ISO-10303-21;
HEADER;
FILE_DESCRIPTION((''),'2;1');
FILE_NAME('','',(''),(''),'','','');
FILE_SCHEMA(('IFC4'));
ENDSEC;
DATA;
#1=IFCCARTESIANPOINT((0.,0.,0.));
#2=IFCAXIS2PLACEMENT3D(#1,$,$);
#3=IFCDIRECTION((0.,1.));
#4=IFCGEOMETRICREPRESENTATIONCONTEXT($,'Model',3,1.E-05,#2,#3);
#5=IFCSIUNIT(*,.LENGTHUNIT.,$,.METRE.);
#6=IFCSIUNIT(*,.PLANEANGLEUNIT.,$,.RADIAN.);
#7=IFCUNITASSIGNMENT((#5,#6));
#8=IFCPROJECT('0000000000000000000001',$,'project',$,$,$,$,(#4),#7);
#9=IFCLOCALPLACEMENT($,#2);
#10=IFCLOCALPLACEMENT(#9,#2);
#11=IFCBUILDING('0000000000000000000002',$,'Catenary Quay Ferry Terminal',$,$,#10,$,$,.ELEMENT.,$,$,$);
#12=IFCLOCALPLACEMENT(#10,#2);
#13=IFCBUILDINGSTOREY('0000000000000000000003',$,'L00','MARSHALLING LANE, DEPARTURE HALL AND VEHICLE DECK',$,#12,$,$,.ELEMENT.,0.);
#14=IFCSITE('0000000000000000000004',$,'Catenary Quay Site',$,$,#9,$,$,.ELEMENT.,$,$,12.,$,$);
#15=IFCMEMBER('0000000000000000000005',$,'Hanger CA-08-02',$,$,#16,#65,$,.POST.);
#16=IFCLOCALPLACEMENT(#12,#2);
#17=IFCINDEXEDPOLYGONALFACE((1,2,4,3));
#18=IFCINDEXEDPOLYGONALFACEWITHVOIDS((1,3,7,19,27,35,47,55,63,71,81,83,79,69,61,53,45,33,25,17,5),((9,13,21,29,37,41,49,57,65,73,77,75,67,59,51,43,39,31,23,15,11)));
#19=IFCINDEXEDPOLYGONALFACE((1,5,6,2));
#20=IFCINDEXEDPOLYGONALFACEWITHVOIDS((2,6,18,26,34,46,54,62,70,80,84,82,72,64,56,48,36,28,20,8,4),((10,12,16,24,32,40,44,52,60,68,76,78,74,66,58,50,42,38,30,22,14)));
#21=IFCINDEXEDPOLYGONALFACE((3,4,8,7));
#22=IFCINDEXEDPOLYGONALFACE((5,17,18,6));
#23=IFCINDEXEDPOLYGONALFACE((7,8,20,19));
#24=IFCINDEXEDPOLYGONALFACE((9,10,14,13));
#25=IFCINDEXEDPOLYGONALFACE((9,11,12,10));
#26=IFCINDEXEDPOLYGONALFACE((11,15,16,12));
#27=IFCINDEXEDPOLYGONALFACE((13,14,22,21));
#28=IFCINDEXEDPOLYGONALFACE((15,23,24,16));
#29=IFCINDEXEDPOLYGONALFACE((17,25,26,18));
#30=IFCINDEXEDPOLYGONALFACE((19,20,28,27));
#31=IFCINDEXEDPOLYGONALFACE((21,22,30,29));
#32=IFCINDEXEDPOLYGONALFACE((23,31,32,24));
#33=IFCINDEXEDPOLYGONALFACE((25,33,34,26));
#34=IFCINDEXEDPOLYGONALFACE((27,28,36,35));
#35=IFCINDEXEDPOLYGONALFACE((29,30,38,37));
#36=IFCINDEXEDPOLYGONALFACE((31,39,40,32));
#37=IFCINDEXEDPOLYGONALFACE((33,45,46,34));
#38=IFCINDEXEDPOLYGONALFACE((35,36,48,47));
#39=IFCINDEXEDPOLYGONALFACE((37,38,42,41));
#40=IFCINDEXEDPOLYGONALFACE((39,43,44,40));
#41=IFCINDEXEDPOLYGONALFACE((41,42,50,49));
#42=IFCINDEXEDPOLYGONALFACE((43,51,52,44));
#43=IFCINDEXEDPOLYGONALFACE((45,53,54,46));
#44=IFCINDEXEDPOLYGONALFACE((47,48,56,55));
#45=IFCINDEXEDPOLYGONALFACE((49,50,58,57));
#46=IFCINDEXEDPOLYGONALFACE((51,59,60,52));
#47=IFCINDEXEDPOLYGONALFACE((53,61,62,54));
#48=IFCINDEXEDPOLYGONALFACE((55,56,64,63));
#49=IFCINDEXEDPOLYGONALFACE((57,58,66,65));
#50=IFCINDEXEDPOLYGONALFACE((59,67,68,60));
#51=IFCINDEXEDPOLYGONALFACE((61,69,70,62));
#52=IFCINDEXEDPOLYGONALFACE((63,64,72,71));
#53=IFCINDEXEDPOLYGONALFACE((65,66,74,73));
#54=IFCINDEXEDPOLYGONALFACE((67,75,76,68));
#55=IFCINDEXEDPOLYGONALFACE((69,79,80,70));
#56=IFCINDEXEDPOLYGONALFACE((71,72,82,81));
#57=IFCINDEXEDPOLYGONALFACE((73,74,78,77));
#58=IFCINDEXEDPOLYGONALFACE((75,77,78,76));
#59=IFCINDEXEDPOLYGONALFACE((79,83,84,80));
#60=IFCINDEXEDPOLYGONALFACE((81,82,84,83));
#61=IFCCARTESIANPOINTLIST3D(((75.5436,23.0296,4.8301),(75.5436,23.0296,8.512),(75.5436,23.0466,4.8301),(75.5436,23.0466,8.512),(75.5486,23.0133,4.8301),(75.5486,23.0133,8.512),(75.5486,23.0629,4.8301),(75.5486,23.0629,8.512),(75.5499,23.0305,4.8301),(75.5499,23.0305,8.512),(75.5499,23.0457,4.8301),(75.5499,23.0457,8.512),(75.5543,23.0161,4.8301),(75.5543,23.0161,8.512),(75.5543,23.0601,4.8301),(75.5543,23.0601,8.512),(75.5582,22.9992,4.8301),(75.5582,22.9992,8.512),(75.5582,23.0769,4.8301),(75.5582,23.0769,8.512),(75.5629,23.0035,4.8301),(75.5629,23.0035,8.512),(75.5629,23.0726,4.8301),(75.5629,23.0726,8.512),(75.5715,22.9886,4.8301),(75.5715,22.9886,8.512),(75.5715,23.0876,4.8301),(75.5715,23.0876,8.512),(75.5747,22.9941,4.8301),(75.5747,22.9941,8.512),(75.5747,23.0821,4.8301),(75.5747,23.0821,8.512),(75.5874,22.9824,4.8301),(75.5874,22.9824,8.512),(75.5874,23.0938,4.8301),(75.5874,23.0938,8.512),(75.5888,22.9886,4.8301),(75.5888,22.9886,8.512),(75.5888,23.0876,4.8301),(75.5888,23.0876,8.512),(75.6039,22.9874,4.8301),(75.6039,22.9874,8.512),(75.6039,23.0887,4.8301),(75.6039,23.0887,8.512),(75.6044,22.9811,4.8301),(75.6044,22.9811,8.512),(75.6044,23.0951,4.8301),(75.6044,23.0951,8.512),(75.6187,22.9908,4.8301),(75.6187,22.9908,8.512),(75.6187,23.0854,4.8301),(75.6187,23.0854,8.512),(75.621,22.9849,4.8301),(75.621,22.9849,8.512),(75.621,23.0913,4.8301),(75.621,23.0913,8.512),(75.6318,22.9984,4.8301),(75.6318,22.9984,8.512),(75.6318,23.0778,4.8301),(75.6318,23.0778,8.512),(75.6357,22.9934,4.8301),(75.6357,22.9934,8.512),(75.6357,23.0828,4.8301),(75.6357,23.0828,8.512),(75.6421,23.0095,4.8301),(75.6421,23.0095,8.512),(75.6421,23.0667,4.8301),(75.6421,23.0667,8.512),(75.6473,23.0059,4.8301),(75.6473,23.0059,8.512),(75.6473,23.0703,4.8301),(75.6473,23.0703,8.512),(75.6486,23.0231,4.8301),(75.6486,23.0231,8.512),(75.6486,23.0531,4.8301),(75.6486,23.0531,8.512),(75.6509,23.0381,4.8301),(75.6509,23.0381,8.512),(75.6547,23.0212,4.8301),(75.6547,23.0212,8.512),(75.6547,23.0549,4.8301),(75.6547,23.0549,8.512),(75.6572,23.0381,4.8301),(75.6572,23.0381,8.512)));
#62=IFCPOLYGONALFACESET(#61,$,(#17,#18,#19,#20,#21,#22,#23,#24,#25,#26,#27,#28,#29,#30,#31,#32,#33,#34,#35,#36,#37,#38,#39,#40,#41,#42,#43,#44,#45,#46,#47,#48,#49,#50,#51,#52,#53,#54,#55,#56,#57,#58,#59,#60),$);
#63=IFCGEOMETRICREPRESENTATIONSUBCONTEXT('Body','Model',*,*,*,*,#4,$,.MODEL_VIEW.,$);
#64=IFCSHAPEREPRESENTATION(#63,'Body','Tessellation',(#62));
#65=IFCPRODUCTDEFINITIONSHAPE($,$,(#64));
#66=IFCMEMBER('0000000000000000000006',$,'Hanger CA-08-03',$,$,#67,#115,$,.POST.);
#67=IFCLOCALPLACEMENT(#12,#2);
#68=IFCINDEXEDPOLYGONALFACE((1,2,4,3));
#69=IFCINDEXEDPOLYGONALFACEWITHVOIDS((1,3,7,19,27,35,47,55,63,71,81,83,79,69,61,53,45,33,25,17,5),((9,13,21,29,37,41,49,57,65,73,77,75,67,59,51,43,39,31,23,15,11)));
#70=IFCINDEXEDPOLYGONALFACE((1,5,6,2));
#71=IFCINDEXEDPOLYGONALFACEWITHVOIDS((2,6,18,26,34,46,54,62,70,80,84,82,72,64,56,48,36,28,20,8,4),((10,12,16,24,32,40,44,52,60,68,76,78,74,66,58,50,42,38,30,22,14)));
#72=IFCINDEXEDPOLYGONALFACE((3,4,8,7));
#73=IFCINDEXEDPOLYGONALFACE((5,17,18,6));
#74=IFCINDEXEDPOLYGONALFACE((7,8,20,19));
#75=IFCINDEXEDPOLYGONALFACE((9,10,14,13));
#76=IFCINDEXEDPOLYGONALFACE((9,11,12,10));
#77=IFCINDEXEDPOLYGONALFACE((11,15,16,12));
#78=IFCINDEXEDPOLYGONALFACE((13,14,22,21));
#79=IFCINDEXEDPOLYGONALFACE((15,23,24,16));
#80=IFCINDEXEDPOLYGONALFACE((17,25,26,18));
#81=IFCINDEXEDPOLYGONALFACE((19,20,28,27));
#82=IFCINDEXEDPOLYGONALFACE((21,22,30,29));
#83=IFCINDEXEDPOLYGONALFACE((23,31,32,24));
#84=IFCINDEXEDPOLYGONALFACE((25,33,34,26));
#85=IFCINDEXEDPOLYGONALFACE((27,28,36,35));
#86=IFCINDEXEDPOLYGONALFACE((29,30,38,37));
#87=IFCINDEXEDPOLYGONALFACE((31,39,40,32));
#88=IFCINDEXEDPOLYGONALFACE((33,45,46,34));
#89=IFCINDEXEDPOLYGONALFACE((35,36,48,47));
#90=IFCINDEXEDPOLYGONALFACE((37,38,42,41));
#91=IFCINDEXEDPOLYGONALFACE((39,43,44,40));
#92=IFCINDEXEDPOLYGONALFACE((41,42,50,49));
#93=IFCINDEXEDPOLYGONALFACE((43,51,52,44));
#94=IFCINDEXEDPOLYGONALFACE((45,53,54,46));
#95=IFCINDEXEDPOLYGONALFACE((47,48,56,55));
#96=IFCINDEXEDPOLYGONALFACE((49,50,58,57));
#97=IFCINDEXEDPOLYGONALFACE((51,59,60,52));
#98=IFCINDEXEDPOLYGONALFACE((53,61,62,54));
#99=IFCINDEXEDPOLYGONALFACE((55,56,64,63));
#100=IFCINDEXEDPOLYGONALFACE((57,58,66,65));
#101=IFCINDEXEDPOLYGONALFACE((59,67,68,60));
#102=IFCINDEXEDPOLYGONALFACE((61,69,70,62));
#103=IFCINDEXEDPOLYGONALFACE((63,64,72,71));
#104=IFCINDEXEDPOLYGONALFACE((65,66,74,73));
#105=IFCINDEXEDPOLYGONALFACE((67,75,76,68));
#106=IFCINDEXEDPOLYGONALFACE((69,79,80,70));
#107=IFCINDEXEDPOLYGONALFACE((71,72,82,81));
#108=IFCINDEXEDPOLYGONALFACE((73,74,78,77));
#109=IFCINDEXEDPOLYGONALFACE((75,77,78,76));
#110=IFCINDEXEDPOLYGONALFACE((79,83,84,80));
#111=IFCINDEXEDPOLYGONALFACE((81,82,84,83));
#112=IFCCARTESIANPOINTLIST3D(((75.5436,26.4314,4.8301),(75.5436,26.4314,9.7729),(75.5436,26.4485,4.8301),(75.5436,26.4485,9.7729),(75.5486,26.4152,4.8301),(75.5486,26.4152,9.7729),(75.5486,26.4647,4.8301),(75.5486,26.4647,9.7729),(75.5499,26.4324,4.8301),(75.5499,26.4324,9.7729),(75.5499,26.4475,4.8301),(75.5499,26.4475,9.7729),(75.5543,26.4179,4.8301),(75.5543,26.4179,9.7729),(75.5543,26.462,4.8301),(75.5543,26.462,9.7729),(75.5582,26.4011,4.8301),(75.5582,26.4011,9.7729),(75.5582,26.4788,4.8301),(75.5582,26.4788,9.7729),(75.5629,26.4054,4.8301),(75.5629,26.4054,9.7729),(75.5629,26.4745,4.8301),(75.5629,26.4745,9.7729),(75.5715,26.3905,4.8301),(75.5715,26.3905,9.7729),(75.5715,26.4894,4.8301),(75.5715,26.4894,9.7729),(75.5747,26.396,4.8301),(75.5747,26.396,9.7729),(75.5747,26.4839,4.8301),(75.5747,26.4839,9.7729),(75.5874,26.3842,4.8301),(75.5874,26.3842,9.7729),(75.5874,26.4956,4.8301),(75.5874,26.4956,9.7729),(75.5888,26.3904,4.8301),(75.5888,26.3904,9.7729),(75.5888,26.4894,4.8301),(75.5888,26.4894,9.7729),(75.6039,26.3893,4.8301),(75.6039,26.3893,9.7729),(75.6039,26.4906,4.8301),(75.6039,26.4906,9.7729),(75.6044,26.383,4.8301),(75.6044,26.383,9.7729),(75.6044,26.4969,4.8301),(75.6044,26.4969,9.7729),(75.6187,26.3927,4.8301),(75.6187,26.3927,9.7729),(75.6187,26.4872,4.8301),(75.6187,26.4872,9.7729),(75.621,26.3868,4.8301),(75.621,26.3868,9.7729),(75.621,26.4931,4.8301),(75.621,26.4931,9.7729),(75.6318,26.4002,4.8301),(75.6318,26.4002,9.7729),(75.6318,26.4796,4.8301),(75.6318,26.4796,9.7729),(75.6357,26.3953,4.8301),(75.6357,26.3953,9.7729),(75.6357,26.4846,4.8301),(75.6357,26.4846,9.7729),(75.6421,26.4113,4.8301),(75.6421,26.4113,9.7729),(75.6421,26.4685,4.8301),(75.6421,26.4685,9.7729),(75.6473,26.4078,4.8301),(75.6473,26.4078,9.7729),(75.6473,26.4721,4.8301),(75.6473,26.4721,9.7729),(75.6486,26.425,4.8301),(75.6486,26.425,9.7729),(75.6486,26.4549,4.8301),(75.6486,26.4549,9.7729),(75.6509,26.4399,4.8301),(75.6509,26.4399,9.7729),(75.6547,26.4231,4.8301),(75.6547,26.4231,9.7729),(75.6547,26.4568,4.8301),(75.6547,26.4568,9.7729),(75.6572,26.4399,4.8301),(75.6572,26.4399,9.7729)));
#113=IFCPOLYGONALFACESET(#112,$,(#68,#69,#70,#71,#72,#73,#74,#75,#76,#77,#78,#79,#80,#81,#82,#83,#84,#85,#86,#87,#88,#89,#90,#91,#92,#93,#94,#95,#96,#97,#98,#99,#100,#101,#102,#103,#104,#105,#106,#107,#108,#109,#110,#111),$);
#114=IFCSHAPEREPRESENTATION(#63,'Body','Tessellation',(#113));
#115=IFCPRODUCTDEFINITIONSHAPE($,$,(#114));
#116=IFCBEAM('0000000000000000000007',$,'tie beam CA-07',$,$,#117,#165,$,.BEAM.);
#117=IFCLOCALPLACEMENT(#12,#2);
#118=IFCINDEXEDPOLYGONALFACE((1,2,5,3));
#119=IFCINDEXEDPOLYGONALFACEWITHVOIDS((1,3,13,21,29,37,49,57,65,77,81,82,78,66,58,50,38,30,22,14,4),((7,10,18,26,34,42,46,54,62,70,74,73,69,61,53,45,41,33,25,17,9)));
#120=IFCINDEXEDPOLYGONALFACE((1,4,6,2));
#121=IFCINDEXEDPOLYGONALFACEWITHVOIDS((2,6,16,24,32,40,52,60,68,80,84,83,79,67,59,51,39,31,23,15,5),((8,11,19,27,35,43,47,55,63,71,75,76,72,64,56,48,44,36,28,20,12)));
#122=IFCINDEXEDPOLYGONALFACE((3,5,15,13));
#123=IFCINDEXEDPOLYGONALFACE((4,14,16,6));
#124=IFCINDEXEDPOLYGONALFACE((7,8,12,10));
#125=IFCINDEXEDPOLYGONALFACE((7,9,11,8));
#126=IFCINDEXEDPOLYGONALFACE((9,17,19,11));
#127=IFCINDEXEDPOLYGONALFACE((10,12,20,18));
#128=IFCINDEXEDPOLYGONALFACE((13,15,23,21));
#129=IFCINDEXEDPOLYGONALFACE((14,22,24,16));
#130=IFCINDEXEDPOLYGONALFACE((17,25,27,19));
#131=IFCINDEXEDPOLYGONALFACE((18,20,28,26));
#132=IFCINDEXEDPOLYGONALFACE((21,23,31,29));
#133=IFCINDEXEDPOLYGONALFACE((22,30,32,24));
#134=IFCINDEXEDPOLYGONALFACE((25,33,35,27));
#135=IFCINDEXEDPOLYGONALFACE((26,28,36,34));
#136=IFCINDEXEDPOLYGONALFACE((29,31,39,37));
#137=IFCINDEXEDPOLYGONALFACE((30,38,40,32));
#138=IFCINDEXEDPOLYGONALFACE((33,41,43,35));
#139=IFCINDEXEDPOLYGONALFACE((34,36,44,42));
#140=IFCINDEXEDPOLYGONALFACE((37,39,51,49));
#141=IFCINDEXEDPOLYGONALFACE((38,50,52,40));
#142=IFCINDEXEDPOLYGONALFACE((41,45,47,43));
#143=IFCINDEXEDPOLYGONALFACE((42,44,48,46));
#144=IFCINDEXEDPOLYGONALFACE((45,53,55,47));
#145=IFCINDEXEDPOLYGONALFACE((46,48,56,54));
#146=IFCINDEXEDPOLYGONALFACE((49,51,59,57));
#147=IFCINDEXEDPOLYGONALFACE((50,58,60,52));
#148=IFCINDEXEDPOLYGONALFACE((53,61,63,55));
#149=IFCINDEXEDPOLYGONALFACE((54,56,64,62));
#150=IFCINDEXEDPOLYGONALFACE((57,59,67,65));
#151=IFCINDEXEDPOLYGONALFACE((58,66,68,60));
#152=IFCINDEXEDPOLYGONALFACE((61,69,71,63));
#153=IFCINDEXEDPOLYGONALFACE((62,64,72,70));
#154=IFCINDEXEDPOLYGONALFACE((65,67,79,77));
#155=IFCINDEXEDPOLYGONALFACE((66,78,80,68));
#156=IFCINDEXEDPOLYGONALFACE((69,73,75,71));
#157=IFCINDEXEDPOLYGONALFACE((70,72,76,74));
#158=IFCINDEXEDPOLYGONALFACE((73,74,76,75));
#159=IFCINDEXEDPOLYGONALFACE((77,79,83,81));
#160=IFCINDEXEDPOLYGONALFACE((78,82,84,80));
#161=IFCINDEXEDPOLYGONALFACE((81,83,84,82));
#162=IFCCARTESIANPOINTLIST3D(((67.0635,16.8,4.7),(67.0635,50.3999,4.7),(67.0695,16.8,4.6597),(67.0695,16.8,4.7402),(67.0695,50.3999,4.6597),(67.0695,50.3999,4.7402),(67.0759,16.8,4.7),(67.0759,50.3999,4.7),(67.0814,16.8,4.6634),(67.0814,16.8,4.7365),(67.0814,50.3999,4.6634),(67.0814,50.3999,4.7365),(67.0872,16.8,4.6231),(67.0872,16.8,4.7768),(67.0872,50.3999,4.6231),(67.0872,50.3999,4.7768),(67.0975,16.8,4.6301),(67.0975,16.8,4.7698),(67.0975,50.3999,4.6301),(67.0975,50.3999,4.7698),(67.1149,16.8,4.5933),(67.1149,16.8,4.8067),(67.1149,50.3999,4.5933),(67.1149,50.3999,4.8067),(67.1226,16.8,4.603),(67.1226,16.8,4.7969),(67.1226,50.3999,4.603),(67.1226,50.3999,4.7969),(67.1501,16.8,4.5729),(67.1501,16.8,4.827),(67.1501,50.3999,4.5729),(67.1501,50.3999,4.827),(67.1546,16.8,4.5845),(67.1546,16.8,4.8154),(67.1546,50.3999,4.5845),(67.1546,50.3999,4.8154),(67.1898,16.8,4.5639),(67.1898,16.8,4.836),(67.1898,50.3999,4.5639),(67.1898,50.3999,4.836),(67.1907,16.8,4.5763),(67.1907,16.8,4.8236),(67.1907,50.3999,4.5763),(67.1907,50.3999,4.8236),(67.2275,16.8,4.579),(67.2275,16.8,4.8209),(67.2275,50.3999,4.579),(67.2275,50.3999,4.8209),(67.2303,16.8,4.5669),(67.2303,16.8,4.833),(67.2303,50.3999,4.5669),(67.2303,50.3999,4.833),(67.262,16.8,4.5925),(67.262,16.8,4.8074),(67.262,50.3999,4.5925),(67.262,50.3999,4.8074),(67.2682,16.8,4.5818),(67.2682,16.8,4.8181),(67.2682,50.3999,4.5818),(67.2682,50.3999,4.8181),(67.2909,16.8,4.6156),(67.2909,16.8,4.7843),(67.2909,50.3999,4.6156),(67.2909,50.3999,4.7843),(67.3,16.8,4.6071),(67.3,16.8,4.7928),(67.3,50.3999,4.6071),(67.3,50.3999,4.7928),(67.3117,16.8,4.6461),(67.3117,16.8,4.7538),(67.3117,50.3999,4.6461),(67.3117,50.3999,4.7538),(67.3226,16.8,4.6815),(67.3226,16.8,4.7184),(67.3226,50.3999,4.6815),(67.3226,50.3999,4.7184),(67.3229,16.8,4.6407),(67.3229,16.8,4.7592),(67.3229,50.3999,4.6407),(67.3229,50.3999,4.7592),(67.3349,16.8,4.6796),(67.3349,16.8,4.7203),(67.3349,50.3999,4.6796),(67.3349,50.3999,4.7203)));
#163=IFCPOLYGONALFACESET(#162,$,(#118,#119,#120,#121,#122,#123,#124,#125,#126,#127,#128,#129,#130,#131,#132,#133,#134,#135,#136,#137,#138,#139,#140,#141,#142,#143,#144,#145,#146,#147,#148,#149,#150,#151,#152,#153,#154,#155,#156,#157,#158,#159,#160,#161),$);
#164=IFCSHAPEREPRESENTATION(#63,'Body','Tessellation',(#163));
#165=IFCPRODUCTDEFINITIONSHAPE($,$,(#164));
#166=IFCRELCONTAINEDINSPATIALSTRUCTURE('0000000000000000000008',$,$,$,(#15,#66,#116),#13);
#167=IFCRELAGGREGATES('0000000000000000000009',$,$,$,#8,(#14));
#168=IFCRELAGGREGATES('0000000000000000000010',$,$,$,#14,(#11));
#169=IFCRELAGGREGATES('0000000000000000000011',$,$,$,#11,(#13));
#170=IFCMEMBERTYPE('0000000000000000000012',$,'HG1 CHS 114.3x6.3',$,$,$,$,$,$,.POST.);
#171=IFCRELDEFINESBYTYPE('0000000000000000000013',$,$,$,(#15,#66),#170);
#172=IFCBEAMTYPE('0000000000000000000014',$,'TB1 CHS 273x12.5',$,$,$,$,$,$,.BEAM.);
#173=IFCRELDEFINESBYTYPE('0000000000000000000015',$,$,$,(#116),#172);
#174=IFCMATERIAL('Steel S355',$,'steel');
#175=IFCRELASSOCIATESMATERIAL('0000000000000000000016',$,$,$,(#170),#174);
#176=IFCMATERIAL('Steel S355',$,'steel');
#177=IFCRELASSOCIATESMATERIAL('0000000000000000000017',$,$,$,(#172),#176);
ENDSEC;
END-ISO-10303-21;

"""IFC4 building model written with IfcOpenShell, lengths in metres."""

from ifc_helpers import new_model, si_unit, direction, frame, origin, origin_2d, place, context, subcontext, project, spatial, hollow_circle, extrude, material, material_profile, profile_set, type_object, element, save


model = new_model("IFC4")

# Units and contexts
model_context = context("Model", 3, precision=1e-05, world=origin(), true_north=direction((0.0, 1.0)))
body_context = subcontext(model_context, "Body", "Model", "MODEL_VIEW")
ifc_project = project(units=[si_unit("LENGTHUNIT", "METRE"), si_unit("PLANEANGLEUNIT", "RADIAN")], contexts=[model_context])

# Site, building, storey
site_placement = place(None, origin())
site = spatial("IfcSite", under=ifc_project, at=site_placement, Name="Catenary Quay Site", CompositionType="ELEMENT", RefElevation=12.0)
building_placement = place(site_placement, origin())
building = spatial("IfcBuilding", under=site, at=building_placement, Name="Catenary Quay Ferry Terminal", CompositionType="ELEMENT")
storey_placement = place(building_placement, origin())
storey = spatial("IfcBuildingStorey", under=building, at=storey_placement, Name="L00", Description="MARSHALLING LANE, DEPARTURE HALL AND VEHICLE DECK", CompositionType="ELEMENT", Elevation=0.0)

# Members
ifc_material_1 = material(Name="Steel S355", Category="steel")
ifc_material_profile_1 = material_profile(ifc_material_1, hollow_circle(Radius=0.0571, WallThickness=0.0063, at=origin_2d()), Name="CHS 114.3x6.3")
ifc_profile_set_1 = profile_set([ifc_material_profile_1], Name="Steel S355")
member_type_1 = type_object("IfcMemberType", Name="HG1 CHS 114.3x6.3", PredefinedType="POST", material=ifc_profile_set_1)
member_1_placement = place(storey_placement, frame((75.6001, 23.0381, 4.8301), z_axis=(0.0, 0.0, 1.0), x_axis=(1.0, 0.0, 0.0)))
element("IfcMember", 1, at=member_1_placement, inside=storey, type_object=member_type_1, Name="Hanger CA-08-02", PredefinedType="POST", context=body_context, shape_type="SweptSolid", body=[
    extrude(hollow_circle(Radius=0.0571, WallThickness=0.0063, at=origin_2d()), origin(), (0.0, 0.0, 1.0), 3.6819),
])
member_2_placement = place(storey_placement, frame((75.6001, 26.4399, 4.8301), z_axis=(0.0, 0.0, 1.0), x_axis=(1.0, 0.0, 0.0)))
element("IfcMember", 2, at=member_2_placement, inside=storey, type_object=member_type_1, Name="Hanger CA-08-03", PredefinedType="POST", context=body_context, shape_type="SweptSolid", body=[
    extrude(hollow_circle(Radius=0.0571, WallThickness=0.0063, at=origin_2d()), origin(), (0.0, 0.0, 1.0), 4.9429),
])

# Beam
ifc_material_2 = material(Name="Steel S355", Category="steel")
ifc_material_profile_2 = material_profile(ifc_material_2, hollow_circle(Radius=0.1365, WallThickness=0.0125, at=origin_2d()), Name="CHS 273x12.5")
ifc_profile_set_2 = profile_set([ifc_material_profile_2], Name="Steel S355")
beam_type_1 = type_object("IfcBeamType", Name="TB1 CHS 273x12.5", PredefinedType="BEAM", material=ifc_profile_set_2)
for number, where, z_axis, x_axis, name in (
    (3, (67.2, 16.8, 4.7), (0.0, 1.0, 0.0), (-1.0, 0.0, 0.0), "tie beam CA-07"),
):
    element("IfcBeam", number, at=place(storey_placement, frame(where, z_axis=z_axis, x_axis=x_axis)), inside=storey, type_object=beam_type_1, Name=name, PredefinedType="BEAM", context=body_context, shape_type="SweptSolid", body=[
        extrude(hollow_circle(Radius=0.1365, WallThickness=0.0125, at=origin_2d()), origin(), (0.0, 0.0, 1.0), 33.5999),
    ])

save(model, "model.ifc")
